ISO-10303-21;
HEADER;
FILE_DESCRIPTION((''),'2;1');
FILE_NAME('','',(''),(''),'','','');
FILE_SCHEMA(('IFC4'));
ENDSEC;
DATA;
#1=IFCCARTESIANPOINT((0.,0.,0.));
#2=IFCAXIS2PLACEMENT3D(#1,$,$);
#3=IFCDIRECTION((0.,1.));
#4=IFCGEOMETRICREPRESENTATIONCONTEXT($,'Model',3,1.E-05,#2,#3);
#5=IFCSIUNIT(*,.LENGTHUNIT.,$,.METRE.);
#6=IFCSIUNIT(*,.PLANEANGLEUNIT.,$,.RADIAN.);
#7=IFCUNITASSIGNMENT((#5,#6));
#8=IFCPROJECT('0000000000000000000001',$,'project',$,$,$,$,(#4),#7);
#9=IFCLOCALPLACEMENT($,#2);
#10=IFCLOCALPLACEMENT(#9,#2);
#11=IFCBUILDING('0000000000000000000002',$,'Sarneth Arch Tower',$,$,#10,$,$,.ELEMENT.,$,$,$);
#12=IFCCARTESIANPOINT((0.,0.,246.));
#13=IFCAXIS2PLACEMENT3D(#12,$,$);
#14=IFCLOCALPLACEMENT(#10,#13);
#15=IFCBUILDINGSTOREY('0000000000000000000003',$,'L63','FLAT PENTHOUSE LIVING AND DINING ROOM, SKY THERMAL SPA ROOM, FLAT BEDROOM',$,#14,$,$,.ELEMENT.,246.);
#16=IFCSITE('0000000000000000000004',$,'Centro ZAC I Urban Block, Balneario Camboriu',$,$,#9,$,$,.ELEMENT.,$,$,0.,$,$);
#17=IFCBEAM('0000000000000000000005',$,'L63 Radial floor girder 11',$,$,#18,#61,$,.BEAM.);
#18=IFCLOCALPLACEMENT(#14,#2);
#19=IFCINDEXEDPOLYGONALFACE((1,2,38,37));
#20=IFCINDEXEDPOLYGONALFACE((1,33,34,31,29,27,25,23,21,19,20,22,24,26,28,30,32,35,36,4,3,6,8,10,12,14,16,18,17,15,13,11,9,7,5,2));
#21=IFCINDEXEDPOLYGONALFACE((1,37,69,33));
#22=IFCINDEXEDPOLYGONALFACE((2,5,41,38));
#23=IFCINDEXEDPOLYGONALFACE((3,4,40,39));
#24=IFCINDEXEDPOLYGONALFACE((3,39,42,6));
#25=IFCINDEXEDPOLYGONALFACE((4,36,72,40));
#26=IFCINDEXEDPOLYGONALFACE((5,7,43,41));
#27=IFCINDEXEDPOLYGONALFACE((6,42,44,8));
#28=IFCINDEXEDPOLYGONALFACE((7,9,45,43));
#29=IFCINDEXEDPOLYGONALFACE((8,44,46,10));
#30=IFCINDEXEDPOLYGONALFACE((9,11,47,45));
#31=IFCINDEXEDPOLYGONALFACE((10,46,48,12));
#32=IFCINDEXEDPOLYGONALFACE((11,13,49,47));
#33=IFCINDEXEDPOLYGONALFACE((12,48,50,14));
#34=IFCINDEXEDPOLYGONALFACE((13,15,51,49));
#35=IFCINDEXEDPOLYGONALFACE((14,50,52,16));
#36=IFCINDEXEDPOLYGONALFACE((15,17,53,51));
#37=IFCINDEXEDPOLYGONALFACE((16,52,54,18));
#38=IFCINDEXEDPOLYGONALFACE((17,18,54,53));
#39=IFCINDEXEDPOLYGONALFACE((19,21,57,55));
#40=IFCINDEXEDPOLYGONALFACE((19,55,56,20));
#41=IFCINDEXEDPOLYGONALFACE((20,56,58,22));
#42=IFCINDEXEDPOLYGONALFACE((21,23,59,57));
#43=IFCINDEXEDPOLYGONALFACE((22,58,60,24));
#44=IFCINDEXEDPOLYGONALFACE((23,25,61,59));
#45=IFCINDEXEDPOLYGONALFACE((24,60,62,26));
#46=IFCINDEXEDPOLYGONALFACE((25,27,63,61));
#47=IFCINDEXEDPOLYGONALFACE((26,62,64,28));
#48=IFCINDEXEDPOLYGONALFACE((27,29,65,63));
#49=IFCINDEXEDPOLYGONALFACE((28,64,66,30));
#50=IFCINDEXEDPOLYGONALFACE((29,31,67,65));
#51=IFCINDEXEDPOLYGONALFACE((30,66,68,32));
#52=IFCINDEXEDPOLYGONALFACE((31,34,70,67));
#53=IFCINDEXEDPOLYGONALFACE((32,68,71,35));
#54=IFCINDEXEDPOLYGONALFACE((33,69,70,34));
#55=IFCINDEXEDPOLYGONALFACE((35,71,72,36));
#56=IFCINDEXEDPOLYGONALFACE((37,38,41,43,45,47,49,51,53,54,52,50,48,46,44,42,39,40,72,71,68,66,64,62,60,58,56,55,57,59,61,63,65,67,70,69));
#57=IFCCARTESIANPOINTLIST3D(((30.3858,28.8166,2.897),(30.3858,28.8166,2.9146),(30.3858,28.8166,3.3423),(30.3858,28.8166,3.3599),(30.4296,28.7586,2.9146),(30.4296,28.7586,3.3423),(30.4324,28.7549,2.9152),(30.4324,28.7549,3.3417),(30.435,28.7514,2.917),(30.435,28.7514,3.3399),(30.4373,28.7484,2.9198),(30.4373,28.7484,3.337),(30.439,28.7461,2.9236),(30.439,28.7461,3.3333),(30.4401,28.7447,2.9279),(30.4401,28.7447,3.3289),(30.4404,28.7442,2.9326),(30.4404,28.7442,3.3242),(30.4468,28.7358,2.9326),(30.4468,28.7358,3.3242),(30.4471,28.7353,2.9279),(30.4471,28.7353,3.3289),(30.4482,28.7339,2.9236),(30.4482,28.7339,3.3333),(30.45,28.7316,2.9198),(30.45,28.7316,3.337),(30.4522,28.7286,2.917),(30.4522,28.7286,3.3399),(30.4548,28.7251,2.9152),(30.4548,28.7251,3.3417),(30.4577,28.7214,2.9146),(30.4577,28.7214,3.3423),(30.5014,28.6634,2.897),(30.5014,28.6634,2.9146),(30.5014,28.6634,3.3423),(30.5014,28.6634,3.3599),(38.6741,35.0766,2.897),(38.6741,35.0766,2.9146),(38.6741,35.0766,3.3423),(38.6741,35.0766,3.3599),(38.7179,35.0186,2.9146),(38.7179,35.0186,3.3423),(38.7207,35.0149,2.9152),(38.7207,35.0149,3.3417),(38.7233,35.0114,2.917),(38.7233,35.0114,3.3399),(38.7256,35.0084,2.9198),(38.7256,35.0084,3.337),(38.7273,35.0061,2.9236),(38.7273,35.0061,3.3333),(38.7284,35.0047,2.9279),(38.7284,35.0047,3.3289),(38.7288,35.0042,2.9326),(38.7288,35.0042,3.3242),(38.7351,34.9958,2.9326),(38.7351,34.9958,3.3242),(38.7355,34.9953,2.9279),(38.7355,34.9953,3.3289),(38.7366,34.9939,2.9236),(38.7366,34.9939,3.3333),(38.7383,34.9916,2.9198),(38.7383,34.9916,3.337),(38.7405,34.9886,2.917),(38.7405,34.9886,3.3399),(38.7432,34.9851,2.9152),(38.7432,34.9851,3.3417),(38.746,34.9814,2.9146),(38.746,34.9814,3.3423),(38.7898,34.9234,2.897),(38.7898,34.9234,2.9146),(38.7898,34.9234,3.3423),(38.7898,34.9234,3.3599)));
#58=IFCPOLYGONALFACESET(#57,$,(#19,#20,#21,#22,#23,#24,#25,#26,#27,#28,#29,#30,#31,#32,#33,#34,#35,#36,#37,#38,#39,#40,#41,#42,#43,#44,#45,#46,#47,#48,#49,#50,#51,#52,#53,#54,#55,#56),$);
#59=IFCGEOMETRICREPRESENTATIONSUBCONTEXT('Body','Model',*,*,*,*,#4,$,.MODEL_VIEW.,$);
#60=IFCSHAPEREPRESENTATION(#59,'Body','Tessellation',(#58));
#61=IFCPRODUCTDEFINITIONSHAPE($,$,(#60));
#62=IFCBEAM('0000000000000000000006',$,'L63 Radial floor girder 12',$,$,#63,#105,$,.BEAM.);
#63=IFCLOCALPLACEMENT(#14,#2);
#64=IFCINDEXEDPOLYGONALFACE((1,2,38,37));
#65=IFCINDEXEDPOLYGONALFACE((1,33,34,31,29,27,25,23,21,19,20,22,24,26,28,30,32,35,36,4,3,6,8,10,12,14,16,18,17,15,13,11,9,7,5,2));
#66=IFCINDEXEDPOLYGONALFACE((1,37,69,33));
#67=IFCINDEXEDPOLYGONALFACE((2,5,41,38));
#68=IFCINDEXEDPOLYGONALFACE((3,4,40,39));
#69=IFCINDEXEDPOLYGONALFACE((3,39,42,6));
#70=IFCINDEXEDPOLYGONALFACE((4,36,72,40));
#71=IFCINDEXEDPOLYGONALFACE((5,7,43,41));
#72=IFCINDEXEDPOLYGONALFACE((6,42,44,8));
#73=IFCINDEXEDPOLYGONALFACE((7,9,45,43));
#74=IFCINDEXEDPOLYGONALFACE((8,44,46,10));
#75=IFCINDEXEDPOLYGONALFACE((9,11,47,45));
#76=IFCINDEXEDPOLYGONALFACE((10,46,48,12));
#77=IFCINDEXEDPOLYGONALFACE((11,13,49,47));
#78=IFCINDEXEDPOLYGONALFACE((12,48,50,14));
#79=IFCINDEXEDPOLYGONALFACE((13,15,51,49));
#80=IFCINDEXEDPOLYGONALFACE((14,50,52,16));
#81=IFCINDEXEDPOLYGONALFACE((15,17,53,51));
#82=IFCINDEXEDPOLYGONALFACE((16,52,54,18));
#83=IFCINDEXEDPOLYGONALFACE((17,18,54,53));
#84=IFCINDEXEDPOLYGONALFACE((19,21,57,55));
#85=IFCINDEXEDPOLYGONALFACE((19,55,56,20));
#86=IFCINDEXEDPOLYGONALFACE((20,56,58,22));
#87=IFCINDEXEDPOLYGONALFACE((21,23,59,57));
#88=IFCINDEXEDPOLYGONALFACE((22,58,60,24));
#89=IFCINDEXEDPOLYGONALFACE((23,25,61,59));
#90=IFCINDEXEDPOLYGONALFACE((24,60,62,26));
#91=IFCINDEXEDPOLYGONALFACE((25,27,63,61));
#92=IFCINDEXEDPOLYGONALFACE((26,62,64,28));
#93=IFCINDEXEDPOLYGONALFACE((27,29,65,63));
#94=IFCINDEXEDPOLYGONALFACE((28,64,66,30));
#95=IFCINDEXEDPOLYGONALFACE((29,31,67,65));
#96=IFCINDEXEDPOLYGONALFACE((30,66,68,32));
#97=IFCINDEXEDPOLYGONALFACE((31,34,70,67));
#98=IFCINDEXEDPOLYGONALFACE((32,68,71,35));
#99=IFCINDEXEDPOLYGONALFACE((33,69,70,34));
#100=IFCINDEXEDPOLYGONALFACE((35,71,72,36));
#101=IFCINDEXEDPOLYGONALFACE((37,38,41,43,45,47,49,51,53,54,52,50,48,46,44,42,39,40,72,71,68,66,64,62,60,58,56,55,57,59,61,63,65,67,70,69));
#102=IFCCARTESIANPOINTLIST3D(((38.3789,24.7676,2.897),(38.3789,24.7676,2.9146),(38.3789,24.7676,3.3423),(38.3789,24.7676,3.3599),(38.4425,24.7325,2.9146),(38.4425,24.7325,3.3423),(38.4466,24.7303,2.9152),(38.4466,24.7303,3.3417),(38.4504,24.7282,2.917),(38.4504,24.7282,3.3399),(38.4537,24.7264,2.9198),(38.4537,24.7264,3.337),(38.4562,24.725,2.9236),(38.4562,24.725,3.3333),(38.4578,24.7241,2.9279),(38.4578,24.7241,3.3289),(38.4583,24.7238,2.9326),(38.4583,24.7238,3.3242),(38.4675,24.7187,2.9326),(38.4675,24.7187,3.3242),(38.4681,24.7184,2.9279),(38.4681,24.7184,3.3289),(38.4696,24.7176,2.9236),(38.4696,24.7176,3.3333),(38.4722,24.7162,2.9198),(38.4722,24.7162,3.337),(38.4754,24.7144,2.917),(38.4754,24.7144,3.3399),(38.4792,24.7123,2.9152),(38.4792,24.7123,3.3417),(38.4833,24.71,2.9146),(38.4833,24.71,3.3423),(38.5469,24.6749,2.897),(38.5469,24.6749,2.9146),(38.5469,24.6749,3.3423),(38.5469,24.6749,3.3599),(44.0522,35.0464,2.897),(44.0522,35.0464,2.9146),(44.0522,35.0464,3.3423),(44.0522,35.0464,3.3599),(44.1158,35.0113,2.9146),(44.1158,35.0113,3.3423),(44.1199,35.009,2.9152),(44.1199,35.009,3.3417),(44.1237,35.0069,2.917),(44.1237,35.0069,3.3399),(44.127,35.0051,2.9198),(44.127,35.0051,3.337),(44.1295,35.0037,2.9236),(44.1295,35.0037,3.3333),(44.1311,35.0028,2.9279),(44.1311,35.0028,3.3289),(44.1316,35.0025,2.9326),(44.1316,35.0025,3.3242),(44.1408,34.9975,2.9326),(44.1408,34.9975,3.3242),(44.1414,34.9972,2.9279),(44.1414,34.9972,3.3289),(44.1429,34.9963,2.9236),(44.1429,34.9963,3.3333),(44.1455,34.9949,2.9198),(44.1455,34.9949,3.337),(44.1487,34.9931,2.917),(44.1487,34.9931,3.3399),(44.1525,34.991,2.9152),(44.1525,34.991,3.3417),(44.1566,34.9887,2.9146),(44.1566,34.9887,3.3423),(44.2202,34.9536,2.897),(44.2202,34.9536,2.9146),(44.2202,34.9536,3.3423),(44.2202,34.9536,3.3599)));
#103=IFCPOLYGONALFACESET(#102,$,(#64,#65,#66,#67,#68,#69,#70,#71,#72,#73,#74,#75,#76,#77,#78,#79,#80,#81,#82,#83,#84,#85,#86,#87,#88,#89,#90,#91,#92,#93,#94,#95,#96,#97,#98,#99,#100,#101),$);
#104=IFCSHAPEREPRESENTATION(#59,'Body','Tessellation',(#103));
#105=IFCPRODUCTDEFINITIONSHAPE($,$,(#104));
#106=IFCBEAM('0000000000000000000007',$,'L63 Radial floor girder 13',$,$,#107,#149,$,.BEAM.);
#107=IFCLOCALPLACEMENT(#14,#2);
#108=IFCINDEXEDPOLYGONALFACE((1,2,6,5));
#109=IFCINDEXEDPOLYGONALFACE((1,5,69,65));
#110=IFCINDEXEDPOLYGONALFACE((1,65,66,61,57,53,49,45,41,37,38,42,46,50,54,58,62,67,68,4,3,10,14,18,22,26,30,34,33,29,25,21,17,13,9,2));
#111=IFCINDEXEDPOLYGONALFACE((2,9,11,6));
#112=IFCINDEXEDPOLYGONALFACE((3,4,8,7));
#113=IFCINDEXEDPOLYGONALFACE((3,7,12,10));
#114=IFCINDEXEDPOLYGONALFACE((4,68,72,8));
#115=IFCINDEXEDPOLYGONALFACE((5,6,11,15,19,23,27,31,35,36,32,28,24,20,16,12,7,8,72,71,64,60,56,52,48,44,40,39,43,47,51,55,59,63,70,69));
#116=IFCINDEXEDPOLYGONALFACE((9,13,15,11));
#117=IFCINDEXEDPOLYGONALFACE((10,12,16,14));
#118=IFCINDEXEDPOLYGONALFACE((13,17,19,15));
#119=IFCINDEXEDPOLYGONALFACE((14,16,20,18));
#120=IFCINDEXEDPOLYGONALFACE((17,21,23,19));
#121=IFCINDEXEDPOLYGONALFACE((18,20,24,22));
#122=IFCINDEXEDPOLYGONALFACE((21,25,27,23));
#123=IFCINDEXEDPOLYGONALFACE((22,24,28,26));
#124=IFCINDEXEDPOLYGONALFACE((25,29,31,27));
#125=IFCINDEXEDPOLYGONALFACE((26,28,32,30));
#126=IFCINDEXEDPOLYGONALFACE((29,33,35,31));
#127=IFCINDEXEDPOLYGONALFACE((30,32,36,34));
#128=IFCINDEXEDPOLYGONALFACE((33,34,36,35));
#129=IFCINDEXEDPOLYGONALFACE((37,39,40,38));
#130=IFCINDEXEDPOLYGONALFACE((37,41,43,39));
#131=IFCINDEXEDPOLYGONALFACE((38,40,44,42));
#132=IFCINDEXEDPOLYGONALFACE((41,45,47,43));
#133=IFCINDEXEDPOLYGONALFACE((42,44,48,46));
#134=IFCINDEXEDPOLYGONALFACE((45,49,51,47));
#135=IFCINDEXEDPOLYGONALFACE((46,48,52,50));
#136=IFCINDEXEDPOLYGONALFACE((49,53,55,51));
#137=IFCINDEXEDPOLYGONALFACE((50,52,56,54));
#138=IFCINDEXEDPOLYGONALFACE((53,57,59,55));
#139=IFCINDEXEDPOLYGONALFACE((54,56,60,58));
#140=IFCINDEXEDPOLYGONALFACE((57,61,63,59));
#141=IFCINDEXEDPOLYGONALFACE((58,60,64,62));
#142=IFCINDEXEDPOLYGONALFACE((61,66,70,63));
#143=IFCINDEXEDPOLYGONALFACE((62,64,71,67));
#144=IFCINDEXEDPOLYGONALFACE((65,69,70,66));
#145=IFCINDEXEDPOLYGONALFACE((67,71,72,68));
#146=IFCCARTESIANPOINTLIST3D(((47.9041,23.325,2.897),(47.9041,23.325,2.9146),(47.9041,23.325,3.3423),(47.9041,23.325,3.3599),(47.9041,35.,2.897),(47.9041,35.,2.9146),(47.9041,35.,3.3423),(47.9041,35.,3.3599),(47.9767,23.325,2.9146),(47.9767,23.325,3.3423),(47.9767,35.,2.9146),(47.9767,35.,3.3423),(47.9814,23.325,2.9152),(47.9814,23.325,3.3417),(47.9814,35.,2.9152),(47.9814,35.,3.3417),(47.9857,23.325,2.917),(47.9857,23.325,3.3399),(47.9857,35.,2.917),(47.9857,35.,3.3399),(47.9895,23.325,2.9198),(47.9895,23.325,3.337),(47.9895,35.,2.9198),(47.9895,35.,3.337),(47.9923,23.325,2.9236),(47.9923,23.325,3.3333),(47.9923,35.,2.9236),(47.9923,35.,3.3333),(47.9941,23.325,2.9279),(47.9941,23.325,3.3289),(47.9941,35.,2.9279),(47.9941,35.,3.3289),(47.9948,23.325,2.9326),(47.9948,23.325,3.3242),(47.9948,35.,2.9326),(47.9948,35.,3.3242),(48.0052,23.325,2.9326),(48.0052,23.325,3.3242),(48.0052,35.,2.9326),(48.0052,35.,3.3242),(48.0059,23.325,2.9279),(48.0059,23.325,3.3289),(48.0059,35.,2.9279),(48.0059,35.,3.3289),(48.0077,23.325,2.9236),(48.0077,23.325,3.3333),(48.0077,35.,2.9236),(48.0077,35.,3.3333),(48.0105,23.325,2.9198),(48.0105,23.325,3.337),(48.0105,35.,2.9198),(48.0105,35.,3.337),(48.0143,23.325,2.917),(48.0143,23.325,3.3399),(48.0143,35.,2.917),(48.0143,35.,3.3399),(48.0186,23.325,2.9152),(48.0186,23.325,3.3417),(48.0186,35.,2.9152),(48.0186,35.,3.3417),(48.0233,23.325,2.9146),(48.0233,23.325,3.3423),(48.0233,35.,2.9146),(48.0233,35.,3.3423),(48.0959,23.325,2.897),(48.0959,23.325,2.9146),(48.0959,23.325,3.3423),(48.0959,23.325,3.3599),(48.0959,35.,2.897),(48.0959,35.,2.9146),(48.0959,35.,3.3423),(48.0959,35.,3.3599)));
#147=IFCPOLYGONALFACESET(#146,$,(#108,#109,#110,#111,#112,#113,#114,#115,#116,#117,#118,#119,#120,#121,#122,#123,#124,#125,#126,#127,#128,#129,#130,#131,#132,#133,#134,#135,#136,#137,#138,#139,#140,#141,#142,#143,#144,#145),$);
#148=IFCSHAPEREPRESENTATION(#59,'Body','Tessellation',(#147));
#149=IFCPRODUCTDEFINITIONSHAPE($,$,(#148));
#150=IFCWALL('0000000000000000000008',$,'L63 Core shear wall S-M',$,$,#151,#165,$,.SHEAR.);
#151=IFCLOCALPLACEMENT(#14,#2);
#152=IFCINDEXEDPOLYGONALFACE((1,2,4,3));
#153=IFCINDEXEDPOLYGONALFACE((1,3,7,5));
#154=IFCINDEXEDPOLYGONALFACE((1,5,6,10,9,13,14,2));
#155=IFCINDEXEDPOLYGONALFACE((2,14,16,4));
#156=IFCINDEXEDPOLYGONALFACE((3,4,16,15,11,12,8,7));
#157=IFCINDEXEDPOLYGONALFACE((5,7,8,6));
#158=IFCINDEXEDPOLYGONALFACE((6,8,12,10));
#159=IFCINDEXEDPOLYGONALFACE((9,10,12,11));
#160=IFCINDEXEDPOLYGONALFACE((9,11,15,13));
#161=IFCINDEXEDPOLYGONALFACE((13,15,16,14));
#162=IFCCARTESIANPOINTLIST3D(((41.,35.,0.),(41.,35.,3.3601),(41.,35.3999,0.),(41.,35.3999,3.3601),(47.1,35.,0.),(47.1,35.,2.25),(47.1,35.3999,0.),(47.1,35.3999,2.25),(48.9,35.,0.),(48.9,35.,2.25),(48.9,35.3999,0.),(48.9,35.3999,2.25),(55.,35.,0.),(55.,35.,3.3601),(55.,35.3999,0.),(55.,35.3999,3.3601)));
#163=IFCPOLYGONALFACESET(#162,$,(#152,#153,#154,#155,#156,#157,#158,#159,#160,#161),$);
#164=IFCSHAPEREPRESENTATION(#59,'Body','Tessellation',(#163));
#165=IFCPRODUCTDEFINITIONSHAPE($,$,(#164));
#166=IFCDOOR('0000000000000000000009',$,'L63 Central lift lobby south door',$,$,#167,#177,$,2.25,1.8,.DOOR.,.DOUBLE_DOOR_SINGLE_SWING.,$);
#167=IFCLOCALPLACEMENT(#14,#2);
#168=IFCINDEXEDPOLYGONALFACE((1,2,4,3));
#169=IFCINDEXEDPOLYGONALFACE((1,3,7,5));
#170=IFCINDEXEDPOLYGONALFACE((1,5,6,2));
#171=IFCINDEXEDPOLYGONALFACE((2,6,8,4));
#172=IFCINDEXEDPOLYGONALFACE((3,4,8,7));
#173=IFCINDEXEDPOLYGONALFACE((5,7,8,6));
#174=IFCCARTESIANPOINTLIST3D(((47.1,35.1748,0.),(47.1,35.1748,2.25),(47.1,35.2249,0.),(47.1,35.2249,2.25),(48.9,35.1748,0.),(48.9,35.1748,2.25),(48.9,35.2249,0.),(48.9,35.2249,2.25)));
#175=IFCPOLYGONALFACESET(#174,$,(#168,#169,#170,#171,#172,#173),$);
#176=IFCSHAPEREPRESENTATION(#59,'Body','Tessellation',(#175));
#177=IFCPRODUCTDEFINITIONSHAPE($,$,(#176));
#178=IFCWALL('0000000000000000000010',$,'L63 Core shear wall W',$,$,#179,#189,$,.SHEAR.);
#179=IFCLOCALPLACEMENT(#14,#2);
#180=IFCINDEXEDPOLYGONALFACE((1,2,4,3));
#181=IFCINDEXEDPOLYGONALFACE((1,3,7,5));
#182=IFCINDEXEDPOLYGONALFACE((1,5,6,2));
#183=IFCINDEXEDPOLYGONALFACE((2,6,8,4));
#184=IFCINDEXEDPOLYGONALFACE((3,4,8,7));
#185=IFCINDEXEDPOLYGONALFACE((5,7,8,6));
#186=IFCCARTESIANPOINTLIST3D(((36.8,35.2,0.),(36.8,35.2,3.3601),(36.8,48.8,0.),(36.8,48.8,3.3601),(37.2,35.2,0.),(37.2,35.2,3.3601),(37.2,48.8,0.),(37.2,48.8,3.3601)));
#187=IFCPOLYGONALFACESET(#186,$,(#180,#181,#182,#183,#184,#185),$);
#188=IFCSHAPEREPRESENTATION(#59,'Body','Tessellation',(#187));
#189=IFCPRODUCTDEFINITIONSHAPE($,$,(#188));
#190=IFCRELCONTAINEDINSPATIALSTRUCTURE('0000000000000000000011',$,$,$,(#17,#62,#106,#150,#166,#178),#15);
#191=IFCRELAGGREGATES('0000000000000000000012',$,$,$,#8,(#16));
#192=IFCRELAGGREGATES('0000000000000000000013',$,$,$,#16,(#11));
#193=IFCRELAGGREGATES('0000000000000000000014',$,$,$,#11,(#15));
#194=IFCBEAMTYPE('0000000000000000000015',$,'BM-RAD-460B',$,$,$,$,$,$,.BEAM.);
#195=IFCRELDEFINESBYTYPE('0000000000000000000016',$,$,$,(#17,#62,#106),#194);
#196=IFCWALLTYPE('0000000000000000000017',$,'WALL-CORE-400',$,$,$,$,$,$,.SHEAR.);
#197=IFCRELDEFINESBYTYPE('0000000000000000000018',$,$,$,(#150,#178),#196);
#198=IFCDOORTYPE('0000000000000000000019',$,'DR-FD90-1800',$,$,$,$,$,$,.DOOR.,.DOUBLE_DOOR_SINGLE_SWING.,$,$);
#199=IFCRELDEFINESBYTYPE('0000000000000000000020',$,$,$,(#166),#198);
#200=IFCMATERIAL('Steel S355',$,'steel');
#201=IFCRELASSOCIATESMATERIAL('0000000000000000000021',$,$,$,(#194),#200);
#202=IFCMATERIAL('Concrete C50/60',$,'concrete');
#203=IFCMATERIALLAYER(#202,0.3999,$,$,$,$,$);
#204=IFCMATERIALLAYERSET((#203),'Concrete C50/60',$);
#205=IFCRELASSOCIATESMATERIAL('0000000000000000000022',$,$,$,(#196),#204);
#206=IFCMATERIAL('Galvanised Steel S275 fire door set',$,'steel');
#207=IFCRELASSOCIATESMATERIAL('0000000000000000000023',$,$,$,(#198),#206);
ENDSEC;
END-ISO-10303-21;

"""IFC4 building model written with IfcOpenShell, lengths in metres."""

from ifc_helpers import new_model, si_unit, direction, frame, frame_2d, origin, origin_2d, place, context, subcontext, project, spatial, rectangle, i_section, extrude, material, layer, layer_set, material_profile, profile_set, type_object, element, fill, save


model = new_model("IFC4")

# Units and contexts
model_context = context("Model", 3, precision=1e-05, world=origin(), true_north=direction((0.0, 1.0)))
body_context = subcontext(model_context, "Body", "Model", "MODEL_VIEW")
ifc_project = project(units=[si_unit("LENGTHUNIT", "METRE"), si_unit("PLANEANGLEUNIT", "RADIAN")], contexts=[model_context])

# Site, building, storey
site_placement = place(None, origin())
site = spatial("IfcSite", under=ifc_project, at=site_placement, Name="Centro ZAC I Urban Block, Balneario Camboriu", CompositionType="ELEMENT", RefElevation=0.0)
building_placement = place(site_placement, origin())
building = spatial("IfcBuilding", under=site, at=building_placement, Name="Sarneth Arch Tower", CompositionType="ELEMENT")
storey_placement = place(building_placement, frame((0.0, 0.0, 246.0)))
storey = spatial("IfcBuildingStorey", under=building, at=storey_placement, Name="L63", Description="FLAT PENTHOUSE LIVING AND DINING ROOM, SKY THERMAL SPA ROOM, FLAT BEDROOM", CompositionType="ELEMENT", Elevation=246.0)

# Beams
ifc_material_1 = material(Name="Steel S355", Category="steel")
ifc_material_profile_1 = material_profile(ifc_material_1, i_section(OverallWidth=0.1919, OverallDepth=0.4629, WebThickness=0.0105, FlangeThickness=0.0176, FilletRadius=0.0181, at=origin_2d()), Name="W460x89")
ifc_profile_set_1 = profile_set([ifc_material_profile_1], Name="Steel S355")
beam_type_1 = type_object("IfcBeamType", Name="BM-RAD-460B", PredefinedType="BEAM", material=ifc_profile_set_1)
beam_1_placement = place(storey_placement, frame((38.7319, 35.0, 3.1284), z_axis=(-0.797973, -0.602693, 0.0), x_axis=(0.602693, -0.797973, 0.0)))
element("IfcBeam", 1, at=beam_1_placement, inside=storey, type_object=beam_type_1, Name="L63 Radial floor girder 11", PredefinedType="BEAM", context=body_context, shape_type="SweptSolid", body=[
    extrude(i_section(OverallWidth=0.1919, OverallDepth=0.4629, WebThickness=0.0105, FlangeThickness=0.0176, FilletRadius=0.0181, at=origin_2d()), origin(), (0.0, 0.0, 1.0), 10.3867),
])
beam_2_placement = place(storey_placement, frame((44.1362, 35.0, 3.1284), z_axis=(-0.483226, -0.875496, 0.0), x_axis=(0.875496, -0.483226, 0.0)))
element("IfcBeam", 2, at=beam_2_placement, inside=storey, type_object=beam_type_1, Name="L63 Radial floor girder 12", PredefinedType="BEAM", context=body_context, shape_type="SweptSolid", body=[
    extrude(i_section(OverallWidth=0.1919, OverallDepth=0.4629, WebThickness=0.0105, FlangeThickness=0.0176, FilletRadius=0.0181, at=origin_2d()), origin(), (0.0, 0.0, 1.0), 11.7405),
])
beam_3_placement = place(storey_placement, frame((48.0, 35.0, 3.1284), z_axis=(0.0, -1.0, 0.0), x_axis=(1.0, 0.0, 0.0)))
element("IfcBeam", 3, at=beam_3_placement, inside=storey, type_object=beam_type_1, Name="L63 Radial floor girder 13", PredefinedType="BEAM", context=body_context, shape_type="SweptSolid", body=[
    extrude(i_section(OverallWidth=0.1919, OverallDepth=0.4629, WebThickness=0.0105, FlangeThickness=0.0176, FilletRadius=0.0181, at=origin_2d()), origin(), (0.0, 0.0, 1.0), 11.675),
])

# Wall, opening, door
ifc_material_2 = material(Name="Concrete C50/60", Category="concrete")
ifc_layer_1 = layer(ifc_material_2, 0.3999)
ifc_layer_set_1 = layer_set([ifc_layer_1], Name="Concrete C50/60")
wall_type_1 = type_object("IfcWallType", Name="WALL-CORE-400", PredefinedType="SHEAR", material=ifc_layer_set_1)
wall_1_placement = place(storey_placement, frame((41.0, 35.2, 0.0), z_axis=(0.0, 0.0, 1.0), x_axis=(1.0, 0.0, 0.0)))
wall_1 = element("IfcWall", 4, at=wall_1_placement, inside=storey, type_object=wall_type_1, Name="L63 Core shear wall S-M", PredefinedType="SHEAR", context=body_context, shape_type="SweptSolid", body=[
    extrude(rectangle(XDim=14.0, YDim=0.3999, at=frame_2d((7.0, 0.0))), origin(), (0.0, 0.0, 1.0), 3.3601),
])
opening_1_placement = place(wall_1_placement, frame((6.1001, 0.0, 0.0)))
opening_1 = element("IfcOpeningElement", 5, at=opening_1_placement, cuts=wall_1, PredefinedType="OPENING", context=body_context, shape_type="SweptSolid", body=[
    extrude(rectangle(XDim=1.8, YDim=2.25, at=frame_2d((0.8999, 1.125))), frame((0.0, 0.21, 0.0), z_axis=(0.0, -1.0, 0.0), x_axis=(1.0, 0.0, 0.0)), (0.0, 0.0, 1.0), 0.4199),
])
ifc_material_3 = material(Name="Galvanised Steel S275 fire door set", Category="steel")
door_type_1 = type_object("IfcDoorType", Name="DR-FD90-1800", OperationType="DOUBLE_DOOR_SINGLE_SWING", PredefinedType="DOOR", material=ifc_material_3)
door_1_placement = place(opening_1_placement, origin())
door_1 = element("IfcDoor", 6, at=door_1_placement, inside=storey, type_object=door_type_1, Name="L63 Central lift lobby south door", OperationType="DOUBLE_DOOR_SINGLE_SWING", OverallHeight=2.25, OverallWidth=1.8, PredefinedType="DOOR", context=body_context, shape_type="SweptSolid", body=[
    extrude(rectangle(XDim=1.8, YDim=2.25, at=frame_2d((0.8999, 1.125))), frame((0.0, 0.0249, 0.0), z_axis=(0.0, -1.0, 0.0), x_axis=(1.0, 0.0, 0.0)), (0.0, 0.0, 1.0), 0.05),
])
fill(opening_1, door_1)

# Wall
wall_2_placement = place(storey_placement, frame((37.0, 35.2, 0.0), z_axis=(0.0, 0.0, 1.0), x_axis=(0.0, 1.0, 0.0)))
element("IfcWall", 7, at=wall_2_placement, inside=storey, type_object=wall_type_1, Name="L63 Core shear wall W", PredefinedType="SHEAR", context=body_context, shape_type="SweptSolid", body=[
    extrude(rectangle(XDim=13.6001, YDim=0.3999, at=frame_2d((6.8, 0.0))), origin(), (0.0, 0.0, 1.0), 3.3601),
])

save(model, "model.ifc")
